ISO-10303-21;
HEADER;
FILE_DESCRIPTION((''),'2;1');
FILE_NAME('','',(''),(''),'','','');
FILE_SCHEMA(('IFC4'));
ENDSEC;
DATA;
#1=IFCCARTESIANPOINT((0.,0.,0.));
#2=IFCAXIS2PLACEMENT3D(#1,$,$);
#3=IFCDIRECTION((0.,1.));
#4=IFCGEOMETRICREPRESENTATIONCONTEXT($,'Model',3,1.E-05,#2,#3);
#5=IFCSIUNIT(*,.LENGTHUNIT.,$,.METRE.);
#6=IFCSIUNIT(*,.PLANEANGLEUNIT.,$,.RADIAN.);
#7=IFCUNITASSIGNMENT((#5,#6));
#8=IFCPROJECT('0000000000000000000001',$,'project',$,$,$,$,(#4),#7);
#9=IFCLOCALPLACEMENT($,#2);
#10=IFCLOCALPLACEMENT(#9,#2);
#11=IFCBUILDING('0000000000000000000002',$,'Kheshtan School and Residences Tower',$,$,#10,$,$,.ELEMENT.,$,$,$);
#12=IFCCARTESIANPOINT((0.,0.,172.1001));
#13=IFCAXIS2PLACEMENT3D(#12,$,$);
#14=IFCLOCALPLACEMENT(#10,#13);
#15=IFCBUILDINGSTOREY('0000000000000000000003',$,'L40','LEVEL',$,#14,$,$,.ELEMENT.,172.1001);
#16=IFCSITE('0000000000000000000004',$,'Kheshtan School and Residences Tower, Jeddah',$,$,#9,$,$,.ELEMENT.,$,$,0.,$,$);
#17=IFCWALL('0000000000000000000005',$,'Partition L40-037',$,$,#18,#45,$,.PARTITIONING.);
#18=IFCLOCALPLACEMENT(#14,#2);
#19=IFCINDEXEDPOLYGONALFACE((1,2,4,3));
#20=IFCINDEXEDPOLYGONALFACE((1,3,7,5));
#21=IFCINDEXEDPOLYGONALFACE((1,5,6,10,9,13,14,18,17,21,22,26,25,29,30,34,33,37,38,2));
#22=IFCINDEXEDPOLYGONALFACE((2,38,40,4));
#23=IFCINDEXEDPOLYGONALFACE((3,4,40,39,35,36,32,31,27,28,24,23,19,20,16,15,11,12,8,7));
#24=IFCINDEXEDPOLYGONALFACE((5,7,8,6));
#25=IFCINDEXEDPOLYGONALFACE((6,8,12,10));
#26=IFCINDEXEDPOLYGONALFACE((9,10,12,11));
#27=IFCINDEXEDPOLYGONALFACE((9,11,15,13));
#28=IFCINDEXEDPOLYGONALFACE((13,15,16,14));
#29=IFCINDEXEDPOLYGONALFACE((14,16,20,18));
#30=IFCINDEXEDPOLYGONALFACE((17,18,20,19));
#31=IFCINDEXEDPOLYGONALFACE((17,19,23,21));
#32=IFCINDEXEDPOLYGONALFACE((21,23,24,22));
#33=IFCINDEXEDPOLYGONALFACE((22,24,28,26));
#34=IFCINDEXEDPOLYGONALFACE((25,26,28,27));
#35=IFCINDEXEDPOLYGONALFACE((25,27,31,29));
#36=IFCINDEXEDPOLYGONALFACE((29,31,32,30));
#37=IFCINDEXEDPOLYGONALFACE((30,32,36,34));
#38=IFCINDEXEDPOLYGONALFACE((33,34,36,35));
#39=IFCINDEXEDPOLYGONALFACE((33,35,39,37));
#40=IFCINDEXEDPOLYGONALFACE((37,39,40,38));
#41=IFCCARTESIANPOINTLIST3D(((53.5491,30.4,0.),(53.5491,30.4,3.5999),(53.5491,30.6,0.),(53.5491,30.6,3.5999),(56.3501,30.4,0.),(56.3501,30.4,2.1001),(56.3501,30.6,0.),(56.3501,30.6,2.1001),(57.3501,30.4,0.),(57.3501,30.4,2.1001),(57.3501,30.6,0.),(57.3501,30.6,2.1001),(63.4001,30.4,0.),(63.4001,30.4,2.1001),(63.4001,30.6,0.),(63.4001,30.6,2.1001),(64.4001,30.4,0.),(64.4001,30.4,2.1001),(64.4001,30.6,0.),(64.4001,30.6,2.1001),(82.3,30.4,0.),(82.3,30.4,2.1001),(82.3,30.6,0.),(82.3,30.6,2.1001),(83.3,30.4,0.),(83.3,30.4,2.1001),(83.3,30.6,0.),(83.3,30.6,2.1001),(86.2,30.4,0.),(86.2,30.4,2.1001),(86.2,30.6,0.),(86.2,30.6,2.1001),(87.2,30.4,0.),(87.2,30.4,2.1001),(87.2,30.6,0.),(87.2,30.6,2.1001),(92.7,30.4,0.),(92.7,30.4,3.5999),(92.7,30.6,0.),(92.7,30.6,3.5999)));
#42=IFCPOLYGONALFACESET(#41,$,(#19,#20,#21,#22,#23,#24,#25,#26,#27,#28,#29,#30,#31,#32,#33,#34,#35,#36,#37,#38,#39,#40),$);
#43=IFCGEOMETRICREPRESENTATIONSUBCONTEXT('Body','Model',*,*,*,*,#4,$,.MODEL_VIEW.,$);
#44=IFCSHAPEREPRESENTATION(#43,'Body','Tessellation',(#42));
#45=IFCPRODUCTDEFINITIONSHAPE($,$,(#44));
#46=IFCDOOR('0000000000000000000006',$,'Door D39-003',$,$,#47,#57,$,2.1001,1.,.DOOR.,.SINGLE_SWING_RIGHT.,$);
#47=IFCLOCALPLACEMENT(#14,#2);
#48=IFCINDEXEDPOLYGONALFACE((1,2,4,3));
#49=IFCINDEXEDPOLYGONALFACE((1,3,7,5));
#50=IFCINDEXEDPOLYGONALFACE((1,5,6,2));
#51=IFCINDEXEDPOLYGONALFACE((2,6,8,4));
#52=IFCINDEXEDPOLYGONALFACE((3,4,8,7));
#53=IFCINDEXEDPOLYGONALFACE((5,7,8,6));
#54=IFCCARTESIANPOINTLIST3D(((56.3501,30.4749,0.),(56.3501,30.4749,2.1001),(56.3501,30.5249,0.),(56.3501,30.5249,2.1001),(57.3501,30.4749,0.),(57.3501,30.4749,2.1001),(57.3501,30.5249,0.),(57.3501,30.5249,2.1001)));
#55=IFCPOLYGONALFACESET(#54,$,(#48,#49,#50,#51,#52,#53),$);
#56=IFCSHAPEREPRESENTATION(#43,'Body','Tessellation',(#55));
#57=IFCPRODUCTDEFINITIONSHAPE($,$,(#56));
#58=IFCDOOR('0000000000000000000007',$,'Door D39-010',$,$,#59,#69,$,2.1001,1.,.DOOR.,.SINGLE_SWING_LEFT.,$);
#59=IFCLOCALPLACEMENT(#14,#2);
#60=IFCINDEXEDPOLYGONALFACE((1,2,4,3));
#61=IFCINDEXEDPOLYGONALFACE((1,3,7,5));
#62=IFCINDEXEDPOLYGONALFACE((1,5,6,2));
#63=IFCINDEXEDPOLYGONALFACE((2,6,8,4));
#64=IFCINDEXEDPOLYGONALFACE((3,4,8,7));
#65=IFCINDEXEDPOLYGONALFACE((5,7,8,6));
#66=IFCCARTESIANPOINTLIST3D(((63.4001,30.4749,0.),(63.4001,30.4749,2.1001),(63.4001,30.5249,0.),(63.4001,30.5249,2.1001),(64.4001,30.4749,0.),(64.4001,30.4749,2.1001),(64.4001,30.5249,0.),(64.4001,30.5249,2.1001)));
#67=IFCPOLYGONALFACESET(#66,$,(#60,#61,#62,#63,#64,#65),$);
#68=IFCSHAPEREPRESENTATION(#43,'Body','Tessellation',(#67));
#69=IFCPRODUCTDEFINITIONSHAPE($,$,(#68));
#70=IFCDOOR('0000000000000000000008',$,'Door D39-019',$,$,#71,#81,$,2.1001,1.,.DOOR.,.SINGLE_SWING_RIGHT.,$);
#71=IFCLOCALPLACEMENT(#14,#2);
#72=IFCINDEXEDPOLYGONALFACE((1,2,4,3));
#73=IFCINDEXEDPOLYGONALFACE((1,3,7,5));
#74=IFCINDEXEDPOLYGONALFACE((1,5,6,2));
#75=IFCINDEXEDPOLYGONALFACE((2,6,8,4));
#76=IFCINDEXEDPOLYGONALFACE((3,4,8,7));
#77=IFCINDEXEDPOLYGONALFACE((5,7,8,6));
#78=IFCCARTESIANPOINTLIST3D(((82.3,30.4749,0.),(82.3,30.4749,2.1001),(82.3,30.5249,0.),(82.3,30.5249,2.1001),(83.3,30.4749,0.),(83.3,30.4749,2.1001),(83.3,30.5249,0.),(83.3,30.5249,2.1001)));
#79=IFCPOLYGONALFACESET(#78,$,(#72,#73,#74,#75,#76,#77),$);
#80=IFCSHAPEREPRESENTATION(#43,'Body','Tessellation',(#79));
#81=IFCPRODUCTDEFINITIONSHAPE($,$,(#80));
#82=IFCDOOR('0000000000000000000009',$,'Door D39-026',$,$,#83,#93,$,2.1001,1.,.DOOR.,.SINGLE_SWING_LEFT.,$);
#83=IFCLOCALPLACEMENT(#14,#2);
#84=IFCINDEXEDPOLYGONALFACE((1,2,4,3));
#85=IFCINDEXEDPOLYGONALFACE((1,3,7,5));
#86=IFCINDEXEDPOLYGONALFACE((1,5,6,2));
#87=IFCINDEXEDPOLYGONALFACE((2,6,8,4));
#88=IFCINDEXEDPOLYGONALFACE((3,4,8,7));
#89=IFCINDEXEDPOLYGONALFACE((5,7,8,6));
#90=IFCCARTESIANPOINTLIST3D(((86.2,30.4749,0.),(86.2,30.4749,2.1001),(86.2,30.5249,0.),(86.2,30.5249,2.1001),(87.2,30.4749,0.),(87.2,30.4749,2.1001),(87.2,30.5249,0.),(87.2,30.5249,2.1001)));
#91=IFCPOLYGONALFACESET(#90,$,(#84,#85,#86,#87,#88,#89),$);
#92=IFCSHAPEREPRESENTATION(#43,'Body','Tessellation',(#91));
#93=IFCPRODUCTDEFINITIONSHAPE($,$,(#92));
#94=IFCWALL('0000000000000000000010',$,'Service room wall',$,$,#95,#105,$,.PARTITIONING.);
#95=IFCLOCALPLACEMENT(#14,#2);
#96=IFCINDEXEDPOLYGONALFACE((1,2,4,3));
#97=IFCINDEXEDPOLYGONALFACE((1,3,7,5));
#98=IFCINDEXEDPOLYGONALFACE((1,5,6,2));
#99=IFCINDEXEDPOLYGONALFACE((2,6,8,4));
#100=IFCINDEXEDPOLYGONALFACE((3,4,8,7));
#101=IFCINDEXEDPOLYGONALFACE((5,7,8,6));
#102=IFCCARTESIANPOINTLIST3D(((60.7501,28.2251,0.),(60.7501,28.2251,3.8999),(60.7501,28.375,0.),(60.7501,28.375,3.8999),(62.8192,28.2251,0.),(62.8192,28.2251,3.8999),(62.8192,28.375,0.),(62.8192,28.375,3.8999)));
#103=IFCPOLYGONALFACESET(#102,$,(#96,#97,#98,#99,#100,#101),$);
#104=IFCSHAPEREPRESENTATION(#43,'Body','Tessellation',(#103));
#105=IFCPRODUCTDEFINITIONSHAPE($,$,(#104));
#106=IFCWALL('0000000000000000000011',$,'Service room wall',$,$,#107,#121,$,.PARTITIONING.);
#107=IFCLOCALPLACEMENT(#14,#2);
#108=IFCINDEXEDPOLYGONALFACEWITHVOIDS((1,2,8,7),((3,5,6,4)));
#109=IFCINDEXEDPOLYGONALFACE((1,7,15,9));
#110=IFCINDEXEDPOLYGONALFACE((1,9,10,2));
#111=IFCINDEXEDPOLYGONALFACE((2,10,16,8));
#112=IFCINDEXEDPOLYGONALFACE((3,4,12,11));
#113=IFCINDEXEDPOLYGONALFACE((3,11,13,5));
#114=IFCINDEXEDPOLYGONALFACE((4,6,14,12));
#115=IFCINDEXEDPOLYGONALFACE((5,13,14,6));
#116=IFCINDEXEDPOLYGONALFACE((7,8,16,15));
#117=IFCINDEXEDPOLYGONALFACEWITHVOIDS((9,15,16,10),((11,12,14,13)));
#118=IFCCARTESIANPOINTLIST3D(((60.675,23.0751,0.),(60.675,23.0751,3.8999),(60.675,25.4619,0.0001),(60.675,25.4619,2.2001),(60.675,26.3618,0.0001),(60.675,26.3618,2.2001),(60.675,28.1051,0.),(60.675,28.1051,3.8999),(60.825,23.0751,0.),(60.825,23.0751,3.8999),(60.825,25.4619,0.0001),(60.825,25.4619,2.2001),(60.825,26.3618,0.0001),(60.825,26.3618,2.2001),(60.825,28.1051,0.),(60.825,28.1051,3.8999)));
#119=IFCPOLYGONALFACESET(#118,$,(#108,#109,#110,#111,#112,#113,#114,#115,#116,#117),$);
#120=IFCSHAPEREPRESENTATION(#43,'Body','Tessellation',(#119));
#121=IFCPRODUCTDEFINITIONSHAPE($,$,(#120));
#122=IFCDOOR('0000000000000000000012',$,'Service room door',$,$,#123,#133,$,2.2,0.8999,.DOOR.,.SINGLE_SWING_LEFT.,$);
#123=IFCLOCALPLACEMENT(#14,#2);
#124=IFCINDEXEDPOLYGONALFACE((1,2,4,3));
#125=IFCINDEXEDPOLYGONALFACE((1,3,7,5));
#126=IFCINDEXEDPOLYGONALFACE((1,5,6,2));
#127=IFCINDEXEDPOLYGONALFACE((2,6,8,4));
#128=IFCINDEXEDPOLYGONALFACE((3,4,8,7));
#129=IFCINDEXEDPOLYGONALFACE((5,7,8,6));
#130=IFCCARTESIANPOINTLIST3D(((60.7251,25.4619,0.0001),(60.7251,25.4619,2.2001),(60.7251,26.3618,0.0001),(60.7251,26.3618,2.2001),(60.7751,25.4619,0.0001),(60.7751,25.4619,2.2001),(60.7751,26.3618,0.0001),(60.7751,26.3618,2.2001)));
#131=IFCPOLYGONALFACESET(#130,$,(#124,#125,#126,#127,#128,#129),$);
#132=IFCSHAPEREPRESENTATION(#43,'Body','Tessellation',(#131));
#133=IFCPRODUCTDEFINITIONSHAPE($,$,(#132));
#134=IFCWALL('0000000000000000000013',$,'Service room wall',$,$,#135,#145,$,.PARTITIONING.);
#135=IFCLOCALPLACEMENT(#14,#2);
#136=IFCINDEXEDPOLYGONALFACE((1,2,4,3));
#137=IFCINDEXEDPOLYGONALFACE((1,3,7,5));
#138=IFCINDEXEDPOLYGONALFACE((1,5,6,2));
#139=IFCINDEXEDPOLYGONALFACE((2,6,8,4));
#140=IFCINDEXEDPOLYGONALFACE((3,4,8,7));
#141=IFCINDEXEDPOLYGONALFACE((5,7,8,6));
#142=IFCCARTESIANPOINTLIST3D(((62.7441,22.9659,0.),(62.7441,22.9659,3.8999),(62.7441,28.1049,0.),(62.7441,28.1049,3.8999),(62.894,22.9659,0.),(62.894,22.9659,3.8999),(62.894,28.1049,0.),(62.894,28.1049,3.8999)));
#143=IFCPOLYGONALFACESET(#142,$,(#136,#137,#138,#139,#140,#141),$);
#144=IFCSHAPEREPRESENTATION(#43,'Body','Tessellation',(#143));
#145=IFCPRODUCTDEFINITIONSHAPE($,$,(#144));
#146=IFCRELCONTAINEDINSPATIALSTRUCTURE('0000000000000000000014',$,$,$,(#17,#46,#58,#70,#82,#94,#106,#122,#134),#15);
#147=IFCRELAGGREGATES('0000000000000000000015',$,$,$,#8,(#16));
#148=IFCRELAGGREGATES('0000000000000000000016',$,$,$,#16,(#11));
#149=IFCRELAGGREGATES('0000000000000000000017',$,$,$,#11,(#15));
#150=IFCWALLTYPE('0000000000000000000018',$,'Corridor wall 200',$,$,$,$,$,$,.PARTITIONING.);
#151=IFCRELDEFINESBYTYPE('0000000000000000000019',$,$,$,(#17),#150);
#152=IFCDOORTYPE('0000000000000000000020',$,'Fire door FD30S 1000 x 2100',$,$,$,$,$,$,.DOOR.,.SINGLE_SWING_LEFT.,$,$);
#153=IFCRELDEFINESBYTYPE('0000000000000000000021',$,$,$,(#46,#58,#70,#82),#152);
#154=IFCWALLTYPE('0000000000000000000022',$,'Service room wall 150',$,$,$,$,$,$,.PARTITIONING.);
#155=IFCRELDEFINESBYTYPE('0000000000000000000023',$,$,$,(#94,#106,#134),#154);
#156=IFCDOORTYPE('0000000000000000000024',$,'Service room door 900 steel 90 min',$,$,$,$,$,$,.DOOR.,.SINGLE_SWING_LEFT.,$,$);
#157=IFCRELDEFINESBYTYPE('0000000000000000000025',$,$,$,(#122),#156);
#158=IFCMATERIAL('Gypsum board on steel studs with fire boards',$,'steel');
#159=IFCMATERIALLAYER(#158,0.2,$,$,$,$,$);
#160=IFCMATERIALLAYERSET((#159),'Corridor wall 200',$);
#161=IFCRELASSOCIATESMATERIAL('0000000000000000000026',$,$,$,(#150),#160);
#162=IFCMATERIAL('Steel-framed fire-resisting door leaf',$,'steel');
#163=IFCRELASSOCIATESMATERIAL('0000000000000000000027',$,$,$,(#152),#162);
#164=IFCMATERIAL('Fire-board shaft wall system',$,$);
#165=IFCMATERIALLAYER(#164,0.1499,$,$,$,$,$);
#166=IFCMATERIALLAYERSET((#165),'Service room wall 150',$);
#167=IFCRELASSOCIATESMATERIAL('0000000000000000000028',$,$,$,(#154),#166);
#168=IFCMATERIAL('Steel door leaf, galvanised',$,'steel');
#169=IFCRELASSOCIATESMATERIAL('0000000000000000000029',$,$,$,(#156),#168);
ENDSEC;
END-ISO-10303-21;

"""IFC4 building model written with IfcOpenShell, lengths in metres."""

from ifc_helpers import new_model, si_unit, direction, frame, frame_2d, origin, place, context, subcontext, project, spatial, rectangle, extrude, source, transform, mapped, material, layer, layer_set, type_object, element, fill, save


model = new_model("IFC4")

# Units and contexts
model_context = context("Model", 3, precision=1e-05, world=origin(), true_north=direction((0.0, 1.0)))
body_context = subcontext(model_context, "Body", "Model", "MODEL_VIEW")
ifc_project = project(units=[si_unit("LENGTHUNIT", "METRE"), si_unit("PLANEANGLEUNIT", "RADIAN")], contexts=[model_context])

# Site, building, storey
site_placement = place(None, origin())
site = spatial("IfcSite", under=ifc_project, at=site_placement, Name="Kheshtan School and Residences Tower, Jeddah", CompositionType="ELEMENT", RefElevation=0.0)
building_placement = place(site_placement, origin())
building = spatial("IfcBuilding", under=site, at=building_placement, Name="Kheshtan School and Residences Tower", CompositionType="ELEMENT")
storey_placement = place(building_placement, frame((0.0, 0.0, 172.1001)))
storey = spatial("IfcBuildingStorey", under=building, at=storey_placement, Name="L40", Description="LEVEL", CompositionType="ELEMENT", Elevation=172.1001)

# Shared definitions
ifc_material_1 = material(Name="Gypsum board on steel studs with fire boards", Category="steel")
ifc_layer_1 = layer(ifc_material_1, 0.2)
ifc_layer_set_1 = layer_set([ifc_layer_1], Name="Corridor wall 200")
wall_type_1 = type_object("IfcWallType", Name="Corridor wall 200", PredefinedType="PARTITIONING", material=ifc_layer_set_1)
ifc_material_2 = material(Name="Steel-framed fire-resisting door leaf", Category="steel")

# Wall, openings, doors
wall_1_placement = place(storey_placement, frame((53.5491, 30.5, 0.0), z_axis=(0.0, 0.0, 1.0), x_axis=(1.0, 0.0, 0.0)))
wall_1 = element("IfcWall", 1, at=wall_1_placement, inside=storey, type_object=wall_type_1, Name="Partition L40-037", PredefinedType="PARTITIONING", context=body_context, shape_type="SweptSolid", body=[
    extrude(rectangle(XDim=39.1509, YDim=0.2, at=frame_2d((19.5754, 0.0))), origin(), (0.0, 0.0, 1.0), 3.5999),
])
opening_1_placement = place(wall_1_placement, frame((2.801, 0.0, 0.0)))
opening_1 = element("IfcOpeningElement", 2, at=opening_1_placement, cuts=wall_1, PredefinedType="OPENING", context=body_context, shape_type="SweptSolid", body=[
    extrude(rectangle(XDim=1.0, YDim=2.1001, at=frame_2d((0.5, 1.05))), frame((0.0, 0.1099, 0.0), z_axis=(0.0, -1.0, 0.0), x_axis=(1.0, 0.0, 0.0)), (0.0, 0.0, 1.0), 0.22),
])
opening_2_placement = place(wall_1_placement, frame((9.8511, 0.0, 0.0)))
opening_2 = element("IfcOpeningElement", 3, at=opening_2_placement, cuts=wall_1, PredefinedType="OPENING", context=body_context, shape_type="SweptSolid", body=[
    extrude(rectangle(XDim=1.0, YDim=2.1001, at=frame_2d((0.5, 1.05))), frame((0.0, 0.1099, 0.0), z_axis=(0.0, -1.0, 0.0), x_axis=(1.0, 0.0, 0.0)), (0.0, 0.0, 1.0), 0.22),
])
opening_3_placement = place(wall_1_placement, frame((28.751, 0.0, 0.0)))
opening_3 = element("IfcOpeningElement", 4, at=opening_3_placement, cuts=wall_1, PredefinedType="OPENING", context=body_context, shape_type="SweptSolid", body=[
    extrude(rectangle(XDim=1.0, YDim=2.1001, at=frame_2d((0.5, 1.05))), frame((0.0, 0.1099, 0.0), z_axis=(0.0, -1.0, 0.0), x_axis=(1.0, 0.0, 0.0)), (0.0, 0.0, 1.0), 0.22),
])
opening_4_placement = place(wall_1_placement, frame((32.6509, 0.0, 0.0)))
opening_4 = element("IfcOpeningElement", 5, at=opening_4_placement, cuts=wall_1, PredefinedType="OPENING", context=body_context, shape_type="SweptSolid", body=[
    extrude(rectangle(XDim=1.0, YDim=2.1001, at=frame_2d((0.5, 1.05))), frame((0.0, 0.1099, 0.0), z_axis=(0.0, -1.0, 0.0), x_axis=(1.0, 0.0, 0.0)), (0.0, 0.0, 1.0), 0.22),
])
door_type_1 = type_object("IfcDoorType", Name="Fire door FD30S 1000 x 2100", OperationType="SINGLE_SWING_LEFT", PredefinedType="DOOR", material=ifc_material_2)
shared_shape_1 = source(origin(), body_context, "Body", "SweptSolid", [
    extrude(rectangle(XDim=1.0, YDim=2.1001, at=frame_2d((0.5, 1.05))), frame((0.0, 0.0249, 0.0), z_axis=(0.0, -1.0, 0.0), x_axis=(1.0, 0.0, 0.0)), (0.0, 0.0, 1.0), 0.05),
])
door_1_placement = place(opening_1_placement, origin())
door_1 = element("IfcDoor", 6, at=door_1_placement, inside=storey, type_object=door_type_1, Name="Door D39-003", OperationType="SINGLE_SWING_RIGHT", OverallHeight=2.1001, OverallWidth=1.0, PredefinedType="DOOR", context=body_context, shape_type="MappedRepresentation", body=[
    mapped(shared_shape_1, transform((0.0, 0.0, 0.0), x_axis=(1.0, 0.0, 0.0), y_axis=(0.0, 1.0, 0.0), z_axis=(0.0, 0.0, 1.0), scale=1.0)),
])
fill(opening_1, door_1)
door_2_placement = place(opening_2_placement, origin())
door_2 = element("IfcDoor", 7, at=door_2_placement, inside=storey, type_object=door_type_1, Name="Door D39-010", OperationType="SINGLE_SWING_LEFT", OverallHeight=2.1001, OverallWidth=1.0, PredefinedType="DOOR", context=body_context, shape_type="MappedRepresentation", body=[
    mapped(shared_shape_1, transform((0.0, 0.0, 0.0), x_axis=(1.0, 0.0, 0.0), y_axis=(0.0, 1.0, 0.0), z_axis=(0.0, 0.0, 1.0), scale=1.0)),
])
fill(opening_2, door_2)
door_3_placement = place(opening_3_placement, origin())
door_3 = element("IfcDoor", 8, at=door_3_placement, inside=storey, type_object=door_type_1, Name="Door D39-019", OperationType="SINGLE_SWING_RIGHT", OverallHeight=2.1001, OverallWidth=1.0, PredefinedType="DOOR", context=body_context, shape_type="MappedRepresentation", body=[
    mapped(shared_shape_1, transform((0.0, 0.0, 0.0), x_axis=(1.0, 0.0, 0.0), y_axis=(0.0, 1.0, 0.0), z_axis=(0.0, 0.0, 1.0), scale=1.0)),
])
fill(opening_3, door_3)
door_4_placement = place(opening_4_placement, origin())
door_4 = element("IfcDoor", 9, at=door_4_placement, inside=storey, type_object=door_type_1, Name="Door D39-026", OperationType="SINGLE_SWING_LEFT", OverallHeight=2.1001, OverallWidth=1.0, PredefinedType="DOOR", context=body_context, shape_type="MappedRepresentation", body=[
    mapped(shared_shape_1, transform((0.0, 0.0, 0.0), x_axis=(1.0, 0.0, 0.0), y_axis=(0.0, 1.0, 0.0), z_axis=(0.0, 0.0, 1.0), scale=1.0)),
])
fill(opening_4, door_4)

# Wall
ifc_material_3 = material(Name="Fire-board shaft wall system")
ifc_layer_2 = layer(ifc_material_3, 0.1499)
ifc_layer_set_2 = layer_set([ifc_layer_2], Name="Service room wall 150")
wall_type_2 = type_object("IfcWallType", Name="Service room wall 150", PredefinedType="PARTITIONING", material=ifc_layer_set_2)
wall_2_placement = place(storey_placement, frame((60.75, 28.3, 0.0), z_axis=(0.0, 0.0, 1.0), x_axis=(1.0, 0.0, 0.0)))
element("IfcWall", 10, at=wall_2_placement, inside=storey, type_object=wall_type_2, Name="Service room wall", PredefinedType="PARTITIONING", context=body_context, shape_type="SweptSolid", body=[
    extrude(rectangle(XDim=2.0691, YDim=0.1499, at=frame_2d((1.0347, 0.0))), origin(), (0.0, 0.0, 1.0), 3.8999),
])

# Wall, opening, door
wall_3_placement = place(storey_placement, frame((60.75, 23.075, 0.0), z_axis=(0.0, 0.0, 1.0), x_axis=(0.0, 1.0, 0.0)))
wall_3 = element("IfcWall", 11, at=wall_3_placement, inside=storey, type_object=wall_type_2, Name="Service room wall", PredefinedType="PARTITIONING", context=body_context, shape_type="SweptSolid", body=[
    extrude(rectangle(XDim=5.03, YDim=0.1499, at=frame_2d((2.5151, 0.0))), origin(), (0.0, 0.0, 1.0), 3.8999),
])
opening_5_placement = place(wall_3_placement, frame((2.387, 0.0, 0.0)))
opening_5 = element("IfcOpeningElement", 12, at=opening_5_placement, cuts=wall_3, PredefinedType="OPENING", context=body_context, shape_type="SweptSolid", body=[
    extrude(rectangle(XDim=0.8999, YDim=2.2, at=frame_2d((0.45, 1.1001))), frame((0.0, 0.085, 0.0), z_axis=(0.0, -1.0, 0.0), x_axis=(1.0, 0.0, 0.0)), (0.0, 0.0, 1.0), 0.1699),
])
ifc_material_4 = material(Name="Steel door leaf, galvanised", Category="steel")
door_type_2 = type_object("IfcDoorType", Name="Service room door 900 steel 90 min", OperationType="SINGLE_SWING_LEFT", PredefinedType="DOOR", material=ifc_material_4)
shared_shape_2 = source(origin(), body_context, "Body", "SweptSolid", [
    extrude(rectangle(XDim=0.8999, YDim=2.2, at=frame_2d((0.45, 1.1001))), frame((0.0, 0.0249, 0.0), z_axis=(0.0, -1.0, 0.0), x_axis=(1.0, 0.0, 0.0)), (0.0, 0.0, 1.0), 0.05),
])
door_5_placement = place(opening_5_placement, origin())
door_5 = element("IfcDoor", 13, at=door_5_placement, inside=storey, type_object=door_type_2, Name="Service room door", OperationType="SINGLE_SWING_LEFT", OverallHeight=2.2, OverallWidth=0.8999, PredefinedType="DOOR", context=body_context, shape_type="MappedRepresentation", body=[
    mapped(shared_shape_2, transform((0.0, 0.0, 0.0), x_axis=(1.0, 0.0, 0.0), y_axis=(0.0, 1.0, 0.0), z_axis=(0.0, 0.0, 1.0), scale=1.0)),
])
fill(opening_5, door_5)

# Wall
wall_4_placement = place(storey_placement, frame((62.8191, 22.9661, 0.0), z_axis=(0.0, 0.0, 1.0), x_axis=(0.0, 1.0, 0.0)))
element("IfcWall", 14, at=wall_4_placement, inside=storey, type_object=wall_type_2, Name="Service room wall", PredefinedType="PARTITIONING", context=body_context, shape_type="SweptSolid", body=[
    extrude(rectangle(XDim=5.1389, YDim=0.1499, at=frame_2d((2.5693, 0.0))), origin(), (0.0, 0.0, 1.0), 3.8999),
])

save(model, "model.ifc")
